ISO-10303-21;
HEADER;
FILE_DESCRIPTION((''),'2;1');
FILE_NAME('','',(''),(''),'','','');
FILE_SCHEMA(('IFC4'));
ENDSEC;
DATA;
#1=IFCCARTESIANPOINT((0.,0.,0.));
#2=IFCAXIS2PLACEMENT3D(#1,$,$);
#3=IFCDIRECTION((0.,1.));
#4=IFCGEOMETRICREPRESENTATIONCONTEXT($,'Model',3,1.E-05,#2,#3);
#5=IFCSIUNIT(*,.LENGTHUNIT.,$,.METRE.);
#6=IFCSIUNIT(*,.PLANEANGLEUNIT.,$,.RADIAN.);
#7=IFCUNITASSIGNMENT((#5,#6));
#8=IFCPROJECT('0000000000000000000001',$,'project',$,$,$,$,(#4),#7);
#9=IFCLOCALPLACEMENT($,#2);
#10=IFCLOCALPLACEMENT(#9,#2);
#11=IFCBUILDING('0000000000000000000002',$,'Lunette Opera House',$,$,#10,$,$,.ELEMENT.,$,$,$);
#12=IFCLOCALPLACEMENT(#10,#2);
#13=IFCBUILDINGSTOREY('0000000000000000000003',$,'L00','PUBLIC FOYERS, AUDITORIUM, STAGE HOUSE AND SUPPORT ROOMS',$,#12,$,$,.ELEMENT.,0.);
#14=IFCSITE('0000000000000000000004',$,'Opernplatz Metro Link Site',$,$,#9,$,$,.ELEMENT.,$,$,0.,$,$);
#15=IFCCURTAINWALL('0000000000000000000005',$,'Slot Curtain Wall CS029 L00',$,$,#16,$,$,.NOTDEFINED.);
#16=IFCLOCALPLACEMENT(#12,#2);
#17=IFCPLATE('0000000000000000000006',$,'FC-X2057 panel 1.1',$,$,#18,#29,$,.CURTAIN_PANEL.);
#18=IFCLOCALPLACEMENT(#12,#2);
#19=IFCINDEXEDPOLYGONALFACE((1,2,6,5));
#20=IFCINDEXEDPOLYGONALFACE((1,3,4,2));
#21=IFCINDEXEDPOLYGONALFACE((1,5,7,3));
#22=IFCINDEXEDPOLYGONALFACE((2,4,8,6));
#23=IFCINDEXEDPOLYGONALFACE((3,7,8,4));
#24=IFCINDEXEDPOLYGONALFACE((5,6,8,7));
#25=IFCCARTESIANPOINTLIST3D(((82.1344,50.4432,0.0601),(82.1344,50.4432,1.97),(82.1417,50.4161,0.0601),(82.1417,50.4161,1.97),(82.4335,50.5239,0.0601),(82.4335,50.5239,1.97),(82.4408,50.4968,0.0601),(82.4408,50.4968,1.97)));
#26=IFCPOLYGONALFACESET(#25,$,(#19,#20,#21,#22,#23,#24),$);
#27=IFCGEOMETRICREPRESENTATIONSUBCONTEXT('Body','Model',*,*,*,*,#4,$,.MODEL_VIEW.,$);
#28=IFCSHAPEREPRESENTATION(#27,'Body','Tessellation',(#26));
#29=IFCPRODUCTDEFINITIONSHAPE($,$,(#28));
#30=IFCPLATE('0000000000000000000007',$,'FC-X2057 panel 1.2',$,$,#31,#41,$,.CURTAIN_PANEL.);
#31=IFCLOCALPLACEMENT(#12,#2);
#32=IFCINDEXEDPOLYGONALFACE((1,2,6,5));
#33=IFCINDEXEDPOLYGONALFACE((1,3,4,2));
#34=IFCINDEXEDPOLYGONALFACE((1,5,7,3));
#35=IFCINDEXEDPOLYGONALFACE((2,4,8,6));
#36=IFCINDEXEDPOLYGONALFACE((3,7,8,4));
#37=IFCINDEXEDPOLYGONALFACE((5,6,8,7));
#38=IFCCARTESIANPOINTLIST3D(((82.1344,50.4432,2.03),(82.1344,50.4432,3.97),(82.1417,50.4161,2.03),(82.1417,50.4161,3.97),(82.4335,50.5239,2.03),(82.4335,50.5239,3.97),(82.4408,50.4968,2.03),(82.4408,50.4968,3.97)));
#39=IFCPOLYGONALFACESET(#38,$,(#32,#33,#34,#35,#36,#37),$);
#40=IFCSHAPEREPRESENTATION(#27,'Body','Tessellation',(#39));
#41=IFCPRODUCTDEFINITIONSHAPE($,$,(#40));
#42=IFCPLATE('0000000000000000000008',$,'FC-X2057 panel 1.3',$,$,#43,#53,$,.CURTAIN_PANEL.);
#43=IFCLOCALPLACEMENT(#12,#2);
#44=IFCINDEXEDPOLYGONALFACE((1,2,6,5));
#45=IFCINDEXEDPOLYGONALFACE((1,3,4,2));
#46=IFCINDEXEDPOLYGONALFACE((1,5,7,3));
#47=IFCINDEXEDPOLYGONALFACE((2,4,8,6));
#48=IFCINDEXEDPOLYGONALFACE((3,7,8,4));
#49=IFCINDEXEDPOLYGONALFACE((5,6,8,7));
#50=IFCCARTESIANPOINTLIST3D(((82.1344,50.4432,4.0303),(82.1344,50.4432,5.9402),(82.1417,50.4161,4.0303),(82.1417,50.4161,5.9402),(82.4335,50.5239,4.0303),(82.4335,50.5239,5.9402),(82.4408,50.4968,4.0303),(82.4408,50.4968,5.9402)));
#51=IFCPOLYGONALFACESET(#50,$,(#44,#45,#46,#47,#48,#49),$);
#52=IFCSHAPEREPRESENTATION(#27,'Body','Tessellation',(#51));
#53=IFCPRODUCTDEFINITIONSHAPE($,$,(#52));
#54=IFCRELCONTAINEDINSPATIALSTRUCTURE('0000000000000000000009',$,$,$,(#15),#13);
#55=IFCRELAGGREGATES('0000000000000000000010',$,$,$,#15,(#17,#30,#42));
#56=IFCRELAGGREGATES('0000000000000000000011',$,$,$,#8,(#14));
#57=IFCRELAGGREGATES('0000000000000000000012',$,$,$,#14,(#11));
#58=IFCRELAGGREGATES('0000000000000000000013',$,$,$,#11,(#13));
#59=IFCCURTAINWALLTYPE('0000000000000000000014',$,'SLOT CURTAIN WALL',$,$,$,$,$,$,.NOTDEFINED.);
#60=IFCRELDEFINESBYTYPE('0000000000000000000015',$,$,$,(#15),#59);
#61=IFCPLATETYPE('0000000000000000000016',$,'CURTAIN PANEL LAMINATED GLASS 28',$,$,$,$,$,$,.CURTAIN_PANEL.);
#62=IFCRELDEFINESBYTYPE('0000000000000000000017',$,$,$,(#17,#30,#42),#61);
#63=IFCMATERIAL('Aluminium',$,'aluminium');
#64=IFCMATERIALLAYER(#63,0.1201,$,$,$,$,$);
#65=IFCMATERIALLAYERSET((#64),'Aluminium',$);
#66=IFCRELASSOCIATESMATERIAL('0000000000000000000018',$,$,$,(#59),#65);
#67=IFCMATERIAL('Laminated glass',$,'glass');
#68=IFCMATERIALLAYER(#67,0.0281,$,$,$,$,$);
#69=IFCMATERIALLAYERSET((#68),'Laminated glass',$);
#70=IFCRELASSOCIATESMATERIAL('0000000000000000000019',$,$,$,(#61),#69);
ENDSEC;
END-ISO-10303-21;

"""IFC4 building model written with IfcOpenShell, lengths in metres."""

from ifc_helpers import new_model, si_unit, direction, frame, origin, origin_2d, place, context, subcontext, project, spatial, rectangle, extrude, material, layer, layer_set, type_object, element, aggregate, save


model = new_model("IFC4")

# Units and contexts
model_context = context("Model", 3, precision=1e-05, world=origin(), true_north=direction((0.0, 1.0)))
body_context = subcontext(model_context, "Body", "Model", "MODEL_VIEW")
ifc_project = project(units=[si_unit("LENGTHUNIT", "METRE"), si_unit("PLANEANGLEUNIT", "RADIAN")], contexts=[model_context])

# Site, building, storey
site_placement = place(None, origin())
site = spatial("IfcSite", under=ifc_project, at=site_placement, Name="Opernplatz Metro Link Site", CompositionType="ELEMENT", RefElevation=0.0)
building_placement = place(site_placement, origin())
building = spatial("IfcBuilding", under=site, at=building_placement, Name="Lunette Opera House", CompositionType="ELEMENT")
storey_placement = place(building_placement, origin())
storey = spatial("IfcBuildingStorey", under=building, at=storey_placement, Name="L00", Description="PUBLIC FOYERS, AUDITORIUM, STAGE HOUSE AND SUPPORT ROOMS", CompositionType="ELEMENT", Elevation=0.0)

# Shared definitions
ifc_material_1 = material(Name="Aluminium", Category="aluminium")
ifc_layer_1 = layer(ifc_material_1, 0.1201)
ifc_layer_set_1 = layer_set([ifc_layer_1], Name="Aluminium")
curtain_wall_type = type_object("IfcCurtainWallType", Name="SLOT CURTAIN WALL", PredefinedType="NOTDEFINED", material=ifc_layer_set_1)

# Curtain wall
curtain_wall_1_placement = place(storey_placement, origin())
curtain_wall_1 = element("IfcCurtainWall", 1, at=curtain_wall_1_placement, inside=storey, type_object=curtain_wall_type, Name="Slot Curtain Wall CS029 L00", PredefinedType="NOTDEFINED")

# Plates
ifc_material_2 = material(Name="Laminated glass", Category="glass")
ifc_layer_2 = layer(ifc_material_2, 0.0281)
ifc_layer_set_2 = layer_set([ifc_layer_2], Name="Laminated glass")
plate_type = type_object("IfcPlateType", Name="CURTAIN PANEL LAMINATED GLASS 28", PredefinedType="CURTAIN_PANEL", material=ifc_layer_set_2)
plate_1_placement = place(storey_placement, frame((82.2876, 50.47, 0.0601), z_axis=(0.0, 0.0, 1.0), x_axis=(0.965458, 0.260557, 0.0)))
plate_1 = element("IfcPlate", 2, at=plate_1_placement, type_object=plate_type, Name="FC-X2057 panel 1.1", PredefinedType="CURTAIN_PANEL", context=body_context, shape_type="SweptSolid", body=[
    extrude(rectangle(XDim=0.3098, YDim=0.0281, at=origin_2d()), origin(), (0.0, 0.0, 1.0), 1.9099),
])
plate_2_placement = place(storey_placement, frame((82.2876, 50.47, 2.03), z_axis=(0.0, 0.0, 1.0), x_axis=(0.965458, 0.260557, 0.0)))
plate_2 = element("IfcPlate", 3, at=plate_2_placement, type_object=plate_type, Name="FC-X2057 panel 1.2", PredefinedType="CURTAIN_PANEL", context=body_context, shape_type="SweptSolid", body=[
    extrude(rectangle(XDim=0.3098, YDim=0.0281, at=origin_2d()), origin(), (0.0, 0.0, 1.0), 1.9399),
])
plate_3_placement = place(storey_placement, frame((82.2876, 50.47, 4.0303), z_axis=(0.0, 0.0, 1.0), x_axis=(0.965458, 0.260557, 0.0)))
plate_3 = element("IfcPlate", 4, at=plate_3_placement, type_object=plate_type, Name="FC-X2057 panel 1.3", PredefinedType="CURTAIN_PANEL", context=body_context, shape_type="SweptSolid", body=[
    extrude(rectangle(XDim=0.3098, YDim=0.0281, at=origin_2d()), origin(), (0.0, 0.0, 1.0), 1.9099),
])
aggregate(curtain_wall_1, [plate_1, plate_2, plate_3])

save(model, "model.ifc")
